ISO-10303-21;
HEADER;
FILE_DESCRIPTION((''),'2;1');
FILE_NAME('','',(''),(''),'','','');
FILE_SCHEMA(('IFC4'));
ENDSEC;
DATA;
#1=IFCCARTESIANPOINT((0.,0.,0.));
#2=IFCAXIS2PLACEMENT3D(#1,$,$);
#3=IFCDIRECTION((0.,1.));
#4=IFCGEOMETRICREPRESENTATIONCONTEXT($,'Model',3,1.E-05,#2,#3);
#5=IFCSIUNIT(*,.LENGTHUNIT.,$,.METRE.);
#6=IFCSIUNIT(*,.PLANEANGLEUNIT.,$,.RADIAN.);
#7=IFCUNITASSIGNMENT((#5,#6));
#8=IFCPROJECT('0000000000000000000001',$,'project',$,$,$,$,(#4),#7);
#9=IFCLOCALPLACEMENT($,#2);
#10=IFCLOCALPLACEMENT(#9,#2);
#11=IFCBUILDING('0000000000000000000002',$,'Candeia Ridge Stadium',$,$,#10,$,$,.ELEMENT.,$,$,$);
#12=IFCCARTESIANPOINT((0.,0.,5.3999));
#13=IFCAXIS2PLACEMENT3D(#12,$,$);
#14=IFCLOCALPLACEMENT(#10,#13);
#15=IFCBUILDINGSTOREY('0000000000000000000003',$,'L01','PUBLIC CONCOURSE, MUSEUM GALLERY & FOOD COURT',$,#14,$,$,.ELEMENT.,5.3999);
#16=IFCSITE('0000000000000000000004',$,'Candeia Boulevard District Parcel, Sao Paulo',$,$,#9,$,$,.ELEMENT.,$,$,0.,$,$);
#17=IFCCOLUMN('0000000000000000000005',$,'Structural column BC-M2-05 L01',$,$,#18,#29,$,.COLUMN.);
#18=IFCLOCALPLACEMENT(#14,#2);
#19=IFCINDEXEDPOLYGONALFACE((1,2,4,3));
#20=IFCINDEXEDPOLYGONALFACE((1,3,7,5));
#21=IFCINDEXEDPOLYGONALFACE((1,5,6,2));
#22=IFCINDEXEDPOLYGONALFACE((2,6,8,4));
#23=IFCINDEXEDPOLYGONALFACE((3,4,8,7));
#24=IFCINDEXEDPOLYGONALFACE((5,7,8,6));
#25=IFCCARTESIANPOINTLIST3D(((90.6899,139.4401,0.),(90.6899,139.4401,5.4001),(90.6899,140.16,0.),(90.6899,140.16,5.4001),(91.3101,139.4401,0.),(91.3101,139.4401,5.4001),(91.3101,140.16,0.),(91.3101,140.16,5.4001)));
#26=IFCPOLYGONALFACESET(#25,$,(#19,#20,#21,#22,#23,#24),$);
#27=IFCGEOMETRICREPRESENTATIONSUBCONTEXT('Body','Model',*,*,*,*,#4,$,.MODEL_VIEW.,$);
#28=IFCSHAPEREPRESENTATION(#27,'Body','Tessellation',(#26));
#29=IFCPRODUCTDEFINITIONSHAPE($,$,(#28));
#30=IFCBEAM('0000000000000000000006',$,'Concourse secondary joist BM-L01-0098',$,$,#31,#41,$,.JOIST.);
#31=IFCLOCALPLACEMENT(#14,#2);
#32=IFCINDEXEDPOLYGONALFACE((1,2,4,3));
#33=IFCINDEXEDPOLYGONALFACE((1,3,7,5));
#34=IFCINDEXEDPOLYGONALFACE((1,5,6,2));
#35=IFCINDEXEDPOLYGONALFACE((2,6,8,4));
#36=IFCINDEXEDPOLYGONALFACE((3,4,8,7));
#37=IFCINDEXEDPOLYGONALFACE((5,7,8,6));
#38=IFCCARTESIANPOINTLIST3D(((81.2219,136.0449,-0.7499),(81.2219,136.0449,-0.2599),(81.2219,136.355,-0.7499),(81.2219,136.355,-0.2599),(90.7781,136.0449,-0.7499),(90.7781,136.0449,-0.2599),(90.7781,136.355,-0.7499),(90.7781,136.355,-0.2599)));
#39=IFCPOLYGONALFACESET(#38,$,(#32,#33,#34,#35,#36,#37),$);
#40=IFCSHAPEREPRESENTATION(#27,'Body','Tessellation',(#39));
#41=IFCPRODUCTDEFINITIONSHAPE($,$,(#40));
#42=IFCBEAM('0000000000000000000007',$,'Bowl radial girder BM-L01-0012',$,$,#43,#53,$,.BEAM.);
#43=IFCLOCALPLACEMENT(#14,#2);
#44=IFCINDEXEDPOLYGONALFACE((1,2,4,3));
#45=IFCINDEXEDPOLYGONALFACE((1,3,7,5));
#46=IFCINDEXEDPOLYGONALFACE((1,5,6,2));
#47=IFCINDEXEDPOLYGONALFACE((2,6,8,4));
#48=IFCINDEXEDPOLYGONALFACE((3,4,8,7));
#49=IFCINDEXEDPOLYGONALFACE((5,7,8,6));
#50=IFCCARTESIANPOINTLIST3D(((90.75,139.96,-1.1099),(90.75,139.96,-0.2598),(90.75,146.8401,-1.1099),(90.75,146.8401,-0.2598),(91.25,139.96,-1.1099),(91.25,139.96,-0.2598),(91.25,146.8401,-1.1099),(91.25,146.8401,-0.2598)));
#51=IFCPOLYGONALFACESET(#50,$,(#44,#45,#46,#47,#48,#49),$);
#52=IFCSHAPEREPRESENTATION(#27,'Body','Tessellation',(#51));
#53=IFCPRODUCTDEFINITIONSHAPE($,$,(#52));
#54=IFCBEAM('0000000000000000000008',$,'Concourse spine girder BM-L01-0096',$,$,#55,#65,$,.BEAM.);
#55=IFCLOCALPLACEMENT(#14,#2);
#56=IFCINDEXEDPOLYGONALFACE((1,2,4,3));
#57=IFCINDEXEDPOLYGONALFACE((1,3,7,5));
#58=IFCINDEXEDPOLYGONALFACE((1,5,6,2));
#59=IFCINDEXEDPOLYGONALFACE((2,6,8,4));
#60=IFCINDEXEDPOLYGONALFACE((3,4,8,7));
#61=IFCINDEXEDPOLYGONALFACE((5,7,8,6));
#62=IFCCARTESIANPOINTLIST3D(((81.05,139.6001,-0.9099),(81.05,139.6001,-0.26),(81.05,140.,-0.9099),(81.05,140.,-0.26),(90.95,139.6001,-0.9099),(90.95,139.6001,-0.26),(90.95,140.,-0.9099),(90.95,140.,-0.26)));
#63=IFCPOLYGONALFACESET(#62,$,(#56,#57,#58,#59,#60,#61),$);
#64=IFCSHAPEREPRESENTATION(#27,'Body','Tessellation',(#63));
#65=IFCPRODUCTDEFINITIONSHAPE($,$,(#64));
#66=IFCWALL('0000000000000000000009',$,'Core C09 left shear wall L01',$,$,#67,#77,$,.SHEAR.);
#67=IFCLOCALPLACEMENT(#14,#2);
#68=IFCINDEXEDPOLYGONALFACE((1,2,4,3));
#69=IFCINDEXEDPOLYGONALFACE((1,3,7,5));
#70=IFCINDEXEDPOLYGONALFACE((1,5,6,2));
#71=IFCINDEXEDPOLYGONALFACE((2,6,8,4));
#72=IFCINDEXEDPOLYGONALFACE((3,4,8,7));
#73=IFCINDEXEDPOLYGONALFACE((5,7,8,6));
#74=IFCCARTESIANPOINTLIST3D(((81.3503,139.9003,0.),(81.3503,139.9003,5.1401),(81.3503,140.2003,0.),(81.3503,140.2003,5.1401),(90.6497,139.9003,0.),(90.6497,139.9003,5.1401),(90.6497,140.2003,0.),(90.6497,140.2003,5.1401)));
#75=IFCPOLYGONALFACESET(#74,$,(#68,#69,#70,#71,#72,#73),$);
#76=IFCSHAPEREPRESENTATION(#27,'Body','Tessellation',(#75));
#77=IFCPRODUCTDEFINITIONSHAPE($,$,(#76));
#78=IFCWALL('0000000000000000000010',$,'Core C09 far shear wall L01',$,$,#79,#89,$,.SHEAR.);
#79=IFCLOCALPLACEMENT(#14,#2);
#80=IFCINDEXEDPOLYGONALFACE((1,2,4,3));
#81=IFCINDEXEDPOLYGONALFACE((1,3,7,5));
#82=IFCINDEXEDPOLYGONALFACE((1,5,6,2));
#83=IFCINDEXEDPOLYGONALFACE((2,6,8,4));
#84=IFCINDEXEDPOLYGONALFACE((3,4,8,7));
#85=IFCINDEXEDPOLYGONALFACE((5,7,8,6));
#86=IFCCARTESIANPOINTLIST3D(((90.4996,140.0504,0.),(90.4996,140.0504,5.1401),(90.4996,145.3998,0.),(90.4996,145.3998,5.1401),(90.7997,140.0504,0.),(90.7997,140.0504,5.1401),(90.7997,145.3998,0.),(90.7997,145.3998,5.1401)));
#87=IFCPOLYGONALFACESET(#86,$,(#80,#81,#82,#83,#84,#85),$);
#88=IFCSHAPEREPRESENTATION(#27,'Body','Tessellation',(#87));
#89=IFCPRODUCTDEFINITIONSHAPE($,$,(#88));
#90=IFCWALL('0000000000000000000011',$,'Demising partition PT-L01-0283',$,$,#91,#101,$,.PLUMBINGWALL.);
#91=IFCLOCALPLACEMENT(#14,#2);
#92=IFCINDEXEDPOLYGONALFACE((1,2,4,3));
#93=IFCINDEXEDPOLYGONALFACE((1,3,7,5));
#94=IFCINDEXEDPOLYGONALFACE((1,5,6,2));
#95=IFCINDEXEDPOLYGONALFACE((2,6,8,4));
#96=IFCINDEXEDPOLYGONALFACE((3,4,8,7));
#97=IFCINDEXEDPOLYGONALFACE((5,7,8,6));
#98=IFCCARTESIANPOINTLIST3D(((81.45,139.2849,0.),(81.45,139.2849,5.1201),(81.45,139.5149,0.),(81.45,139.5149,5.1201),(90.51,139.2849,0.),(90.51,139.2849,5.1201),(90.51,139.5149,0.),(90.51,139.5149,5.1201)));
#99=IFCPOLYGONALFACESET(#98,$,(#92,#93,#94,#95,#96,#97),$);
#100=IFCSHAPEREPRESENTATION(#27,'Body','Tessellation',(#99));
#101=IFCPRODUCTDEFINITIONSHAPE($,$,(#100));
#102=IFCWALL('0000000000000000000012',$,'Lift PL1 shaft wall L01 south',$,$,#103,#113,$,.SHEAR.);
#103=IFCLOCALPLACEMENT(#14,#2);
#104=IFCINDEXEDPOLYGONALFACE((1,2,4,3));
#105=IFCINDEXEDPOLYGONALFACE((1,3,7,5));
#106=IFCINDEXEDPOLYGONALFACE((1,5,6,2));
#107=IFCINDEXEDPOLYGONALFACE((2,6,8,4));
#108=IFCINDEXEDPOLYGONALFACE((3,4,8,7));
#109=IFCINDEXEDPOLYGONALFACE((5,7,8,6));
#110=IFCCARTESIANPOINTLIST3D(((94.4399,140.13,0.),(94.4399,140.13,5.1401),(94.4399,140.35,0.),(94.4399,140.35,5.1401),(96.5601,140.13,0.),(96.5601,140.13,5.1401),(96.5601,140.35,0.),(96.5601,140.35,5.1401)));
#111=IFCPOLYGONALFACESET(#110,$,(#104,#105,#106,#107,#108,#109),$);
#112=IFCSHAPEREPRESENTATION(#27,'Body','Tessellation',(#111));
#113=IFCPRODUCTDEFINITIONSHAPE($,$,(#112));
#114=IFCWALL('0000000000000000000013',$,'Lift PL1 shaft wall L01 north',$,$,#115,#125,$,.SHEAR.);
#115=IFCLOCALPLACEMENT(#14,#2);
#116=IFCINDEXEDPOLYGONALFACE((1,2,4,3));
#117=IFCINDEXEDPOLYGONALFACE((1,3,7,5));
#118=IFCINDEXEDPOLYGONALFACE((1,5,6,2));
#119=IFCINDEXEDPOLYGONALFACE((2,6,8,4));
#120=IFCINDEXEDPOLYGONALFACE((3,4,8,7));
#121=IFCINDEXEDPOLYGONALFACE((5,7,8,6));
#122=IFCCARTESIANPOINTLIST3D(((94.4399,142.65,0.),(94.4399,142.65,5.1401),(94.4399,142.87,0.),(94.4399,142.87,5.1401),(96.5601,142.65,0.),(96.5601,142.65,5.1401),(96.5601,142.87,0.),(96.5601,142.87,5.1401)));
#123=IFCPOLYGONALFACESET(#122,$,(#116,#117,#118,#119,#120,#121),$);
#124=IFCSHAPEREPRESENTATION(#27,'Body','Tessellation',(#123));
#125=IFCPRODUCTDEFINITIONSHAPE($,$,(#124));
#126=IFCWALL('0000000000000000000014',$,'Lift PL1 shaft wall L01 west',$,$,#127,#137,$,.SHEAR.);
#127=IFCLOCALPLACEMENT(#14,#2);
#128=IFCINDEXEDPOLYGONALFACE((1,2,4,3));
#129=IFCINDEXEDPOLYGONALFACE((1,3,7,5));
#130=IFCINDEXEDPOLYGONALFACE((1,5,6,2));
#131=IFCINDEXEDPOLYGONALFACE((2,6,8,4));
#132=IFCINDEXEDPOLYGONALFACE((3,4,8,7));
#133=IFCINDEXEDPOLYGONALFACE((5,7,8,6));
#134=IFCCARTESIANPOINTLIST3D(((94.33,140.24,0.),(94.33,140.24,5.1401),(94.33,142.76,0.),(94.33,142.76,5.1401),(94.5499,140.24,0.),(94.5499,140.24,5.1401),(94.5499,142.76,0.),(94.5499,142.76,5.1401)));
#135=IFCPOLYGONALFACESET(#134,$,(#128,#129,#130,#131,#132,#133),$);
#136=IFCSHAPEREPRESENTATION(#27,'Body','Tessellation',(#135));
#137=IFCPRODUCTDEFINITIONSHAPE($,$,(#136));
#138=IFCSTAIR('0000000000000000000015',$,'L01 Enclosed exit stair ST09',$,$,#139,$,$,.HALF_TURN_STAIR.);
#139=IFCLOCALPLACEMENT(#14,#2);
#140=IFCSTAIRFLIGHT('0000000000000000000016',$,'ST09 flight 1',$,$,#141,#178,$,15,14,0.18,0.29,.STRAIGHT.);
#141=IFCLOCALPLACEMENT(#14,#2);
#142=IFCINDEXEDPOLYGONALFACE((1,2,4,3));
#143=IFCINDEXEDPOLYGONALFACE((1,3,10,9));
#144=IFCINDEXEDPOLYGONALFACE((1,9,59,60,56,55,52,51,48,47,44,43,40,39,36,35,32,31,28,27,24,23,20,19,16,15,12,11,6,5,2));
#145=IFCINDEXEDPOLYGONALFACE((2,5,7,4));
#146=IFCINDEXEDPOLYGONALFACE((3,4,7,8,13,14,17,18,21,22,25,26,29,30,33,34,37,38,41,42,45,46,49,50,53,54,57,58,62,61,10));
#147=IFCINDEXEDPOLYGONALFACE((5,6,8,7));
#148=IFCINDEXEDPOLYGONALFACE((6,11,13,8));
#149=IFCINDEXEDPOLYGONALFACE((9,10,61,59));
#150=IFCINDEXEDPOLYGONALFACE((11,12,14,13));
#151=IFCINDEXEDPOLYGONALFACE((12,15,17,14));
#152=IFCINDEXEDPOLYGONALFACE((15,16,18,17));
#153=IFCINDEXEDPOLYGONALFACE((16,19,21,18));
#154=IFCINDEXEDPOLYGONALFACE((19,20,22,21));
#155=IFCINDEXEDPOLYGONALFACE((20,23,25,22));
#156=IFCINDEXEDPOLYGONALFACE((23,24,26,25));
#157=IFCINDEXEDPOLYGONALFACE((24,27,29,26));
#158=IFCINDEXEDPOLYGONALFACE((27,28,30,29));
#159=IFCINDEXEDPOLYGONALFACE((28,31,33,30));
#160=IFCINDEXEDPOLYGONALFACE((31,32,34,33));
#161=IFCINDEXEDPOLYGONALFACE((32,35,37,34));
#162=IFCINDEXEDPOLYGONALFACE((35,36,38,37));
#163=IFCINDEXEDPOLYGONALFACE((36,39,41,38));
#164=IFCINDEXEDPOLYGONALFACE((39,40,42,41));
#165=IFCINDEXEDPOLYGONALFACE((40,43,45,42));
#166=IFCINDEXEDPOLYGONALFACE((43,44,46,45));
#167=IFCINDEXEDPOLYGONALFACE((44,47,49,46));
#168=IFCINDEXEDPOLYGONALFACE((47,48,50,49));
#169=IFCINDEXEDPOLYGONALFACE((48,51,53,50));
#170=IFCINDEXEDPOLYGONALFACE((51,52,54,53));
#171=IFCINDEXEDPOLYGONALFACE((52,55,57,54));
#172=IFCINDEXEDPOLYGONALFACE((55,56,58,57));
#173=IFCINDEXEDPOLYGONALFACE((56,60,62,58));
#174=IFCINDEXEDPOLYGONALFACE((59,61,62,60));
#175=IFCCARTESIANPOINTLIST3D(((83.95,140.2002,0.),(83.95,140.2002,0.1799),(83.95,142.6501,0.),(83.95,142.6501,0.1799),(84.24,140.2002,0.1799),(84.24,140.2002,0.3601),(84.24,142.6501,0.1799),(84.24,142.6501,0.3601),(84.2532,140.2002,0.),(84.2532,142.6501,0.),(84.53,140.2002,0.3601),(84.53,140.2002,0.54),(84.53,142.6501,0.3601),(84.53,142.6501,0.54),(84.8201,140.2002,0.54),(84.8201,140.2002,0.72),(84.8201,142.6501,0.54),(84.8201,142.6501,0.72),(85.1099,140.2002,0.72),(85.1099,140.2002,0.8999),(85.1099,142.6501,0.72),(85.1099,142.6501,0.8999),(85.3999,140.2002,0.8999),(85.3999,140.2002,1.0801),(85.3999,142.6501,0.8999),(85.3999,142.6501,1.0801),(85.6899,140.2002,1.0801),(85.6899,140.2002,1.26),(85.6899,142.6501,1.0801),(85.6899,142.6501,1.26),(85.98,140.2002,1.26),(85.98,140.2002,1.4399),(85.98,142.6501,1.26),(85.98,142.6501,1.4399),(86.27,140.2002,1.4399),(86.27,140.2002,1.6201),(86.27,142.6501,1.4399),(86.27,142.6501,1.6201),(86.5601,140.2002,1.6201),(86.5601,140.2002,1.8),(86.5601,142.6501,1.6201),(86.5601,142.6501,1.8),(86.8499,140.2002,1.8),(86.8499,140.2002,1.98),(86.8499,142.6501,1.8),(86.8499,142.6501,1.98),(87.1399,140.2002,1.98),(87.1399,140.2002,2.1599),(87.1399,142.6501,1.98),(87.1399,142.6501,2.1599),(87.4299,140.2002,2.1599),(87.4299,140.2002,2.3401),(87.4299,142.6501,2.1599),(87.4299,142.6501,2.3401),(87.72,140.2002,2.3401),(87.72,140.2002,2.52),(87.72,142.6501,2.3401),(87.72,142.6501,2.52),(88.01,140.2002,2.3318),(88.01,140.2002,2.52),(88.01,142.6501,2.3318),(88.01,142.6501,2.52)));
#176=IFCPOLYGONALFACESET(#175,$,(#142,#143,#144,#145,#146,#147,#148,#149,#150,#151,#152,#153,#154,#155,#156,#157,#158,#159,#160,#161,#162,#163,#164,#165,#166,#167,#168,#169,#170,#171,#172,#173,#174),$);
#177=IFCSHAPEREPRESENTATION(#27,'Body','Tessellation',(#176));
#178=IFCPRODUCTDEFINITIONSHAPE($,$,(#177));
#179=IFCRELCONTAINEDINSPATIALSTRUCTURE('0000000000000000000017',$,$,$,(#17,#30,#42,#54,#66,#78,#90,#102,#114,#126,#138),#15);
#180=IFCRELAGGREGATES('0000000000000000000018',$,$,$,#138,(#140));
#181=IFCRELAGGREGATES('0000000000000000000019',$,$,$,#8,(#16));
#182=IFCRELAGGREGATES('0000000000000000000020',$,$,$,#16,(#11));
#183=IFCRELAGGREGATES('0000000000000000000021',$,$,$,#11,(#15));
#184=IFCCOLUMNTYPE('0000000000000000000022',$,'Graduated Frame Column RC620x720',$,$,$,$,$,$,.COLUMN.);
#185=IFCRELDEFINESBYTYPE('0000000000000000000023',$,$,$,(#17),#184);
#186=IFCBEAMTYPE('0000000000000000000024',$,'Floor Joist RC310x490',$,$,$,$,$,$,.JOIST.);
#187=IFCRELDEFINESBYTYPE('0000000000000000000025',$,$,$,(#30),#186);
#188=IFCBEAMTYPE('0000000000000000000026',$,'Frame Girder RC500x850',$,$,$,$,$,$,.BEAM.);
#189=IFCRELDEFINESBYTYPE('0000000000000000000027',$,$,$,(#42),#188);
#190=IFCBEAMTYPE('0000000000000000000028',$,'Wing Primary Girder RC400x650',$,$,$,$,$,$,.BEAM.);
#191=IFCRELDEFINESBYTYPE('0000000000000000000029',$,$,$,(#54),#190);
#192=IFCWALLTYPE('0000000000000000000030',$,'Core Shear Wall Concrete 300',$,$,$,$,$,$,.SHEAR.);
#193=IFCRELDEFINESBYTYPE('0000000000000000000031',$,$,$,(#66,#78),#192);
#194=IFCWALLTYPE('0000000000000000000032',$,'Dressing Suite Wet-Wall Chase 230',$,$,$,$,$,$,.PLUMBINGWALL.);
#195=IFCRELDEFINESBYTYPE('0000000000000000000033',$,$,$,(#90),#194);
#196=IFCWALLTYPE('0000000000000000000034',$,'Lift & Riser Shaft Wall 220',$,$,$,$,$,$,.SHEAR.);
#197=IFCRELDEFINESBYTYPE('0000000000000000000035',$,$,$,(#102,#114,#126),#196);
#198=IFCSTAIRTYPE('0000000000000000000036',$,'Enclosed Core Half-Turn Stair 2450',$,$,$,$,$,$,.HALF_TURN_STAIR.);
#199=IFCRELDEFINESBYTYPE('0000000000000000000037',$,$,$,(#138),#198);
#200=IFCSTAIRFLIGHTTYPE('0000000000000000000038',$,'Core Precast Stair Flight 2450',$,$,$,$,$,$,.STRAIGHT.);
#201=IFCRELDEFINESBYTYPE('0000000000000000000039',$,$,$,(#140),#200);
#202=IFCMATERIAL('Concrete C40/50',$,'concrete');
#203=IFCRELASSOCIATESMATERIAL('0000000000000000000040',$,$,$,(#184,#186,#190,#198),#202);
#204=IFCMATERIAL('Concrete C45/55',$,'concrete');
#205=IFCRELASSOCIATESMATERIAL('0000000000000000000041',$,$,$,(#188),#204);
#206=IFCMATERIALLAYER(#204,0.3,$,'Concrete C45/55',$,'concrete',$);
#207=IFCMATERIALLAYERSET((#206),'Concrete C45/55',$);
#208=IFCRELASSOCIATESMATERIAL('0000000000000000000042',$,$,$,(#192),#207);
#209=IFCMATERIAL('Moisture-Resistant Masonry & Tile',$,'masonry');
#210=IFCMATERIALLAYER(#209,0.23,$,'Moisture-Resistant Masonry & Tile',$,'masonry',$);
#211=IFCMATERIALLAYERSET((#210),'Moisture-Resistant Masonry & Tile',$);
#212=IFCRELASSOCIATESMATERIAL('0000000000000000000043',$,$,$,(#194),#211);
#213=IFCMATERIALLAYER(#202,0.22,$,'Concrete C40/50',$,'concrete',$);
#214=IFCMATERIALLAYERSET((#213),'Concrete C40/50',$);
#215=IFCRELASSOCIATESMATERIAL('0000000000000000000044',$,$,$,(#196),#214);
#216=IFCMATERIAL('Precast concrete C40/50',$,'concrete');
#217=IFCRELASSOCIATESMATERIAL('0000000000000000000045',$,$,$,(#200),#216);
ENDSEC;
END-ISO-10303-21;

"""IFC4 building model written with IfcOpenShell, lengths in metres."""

from ifc_helpers import new_model, si_unit, direction, frame, frame_2d, origin, origin_2d, place, context, subcontext, project, spatial, polyline, rectangle, outline, extrude, material, layer, layer_set, material_profile, profile_set, type_object, element, aggregate, save


model = new_model("IFC4")

# Units and contexts
model_context = context("Model", 3, precision=1e-05, world=origin(), true_north=direction((0.0, 1.0)))
body_context = subcontext(model_context, "Body", "Model", "MODEL_VIEW")
ifc_project = project(units=[si_unit("LENGTHUNIT", "METRE"), si_unit("PLANEANGLEUNIT", "RADIAN")], contexts=[model_context])

# Site, building, storey
site_placement = place(None, origin())
site = spatial("IfcSite", under=ifc_project, at=site_placement, Name="Candeia Boulevard District Parcel, Sao Paulo", CompositionType="ELEMENT", RefElevation=0.0)
building_placement = place(site_placement, origin())
building = spatial("IfcBuilding", under=site, at=building_placement, Name="Candeia Ridge Stadium", CompositionType="ELEMENT")
storey_placement = place(building_placement, frame((0.0, 0.0, 5.3999)))
storey = spatial("IfcBuildingStorey", under=building, at=storey_placement, Name="L01", Description="PUBLIC CONCOURSE, MUSEUM GALLERY & FOOD COURT", CompositionType="ELEMENT", Elevation=5.3999)

# Column
ifc_material_1 = material(Name="Concrete C40/50", Category="concrete")
ifc_material_profile_1 = material_profile(ifc_material_1, rectangle(XDim=0.6201, YDim=0.72, at=origin_2d()), Name="RC620x720", Category="concrete")
ifc_profile_set_1 = profile_set([ifc_material_profile_1], Name="Concrete C40/50")
column_type = type_object("IfcColumnType", Name="Graduated Frame Column RC620x720", PredefinedType="COLUMN", material=ifc_profile_set_1)
column_placement = place(storey_placement, frame((91.0, 139.8, 0.0), z_axis=(0.0, 0.0, 1.0), x_axis=(1.0, 0.0, 0.0)))
element("IfcColumn", 1, at=column_placement, inside=storey, type_object=column_type, Name="Structural column BC-M2-05 L01", PredefinedType="COLUMN", context=body_context, shape_type="SweptSolid", body=[
    extrude(rectangle(XDim=0.6201, YDim=0.72, at=origin_2d()), origin(), (0.0, 0.0, 1.0), 5.4001),
])

# Beams
ifc_material_profile_2 = material_profile(ifc_material_1, rectangle(XDim=0.3101, YDim=0.49, at=origin_2d()), Name="RC310x490", Category="concrete")
ifc_profile_set_2 = profile_set([ifc_material_profile_2], Name="Concrete C40/50")
beam_type_1 = type_object("IfcBeamType", Name="Floor Joist RC310x490", PredefinedType="JOIST", material=ifc_profile_set_2)
beam_1_placement = place(storey_placement, frame((90.7781, 136.2, -0.5049), z_axis=(-1.0, 0.0, 0.0), x_axis=(0.0, -1.0, 0.0)))
element("IfcBeam", 2, at=beam_1_placement, inside=storey, type_object=beam_type_1, Name="Concourse secondary joist BM-L01-0098", PredefinedType="JOIST", context=body_context, shape_type="SweptSolid", body=[
    extrude(rectangle(XDim=0.3101, YDim=0.49, at=origin_2d()), origin(), (0.0, 0.0, 1.0), 9.5562),
])
ifc_material_2 = material(Name="Concrete C45/55", Category="concrete")
ifc_material_profile_3 = material_profile(ifc_material_2, rectangle(XDim=0.5, YDim=0.8501, at=origin_2d()), Name="RC500x850", Category="concrete")
ifc_profile_set_3 = profile_set([ifc_material_profile_3], Name="Concrete C45/55")
beam_type_2 = type_object("IfcBeamType", Name="Frame Girder RC500x850", PredefinedType="BEAM", material=ifc_profile_set_3)
beam_2_placement = place(storey_placement, frame((91.0, 139.96, -0.6848), z_axis=(0.0, 1.0, 0.0), x_axis=(-1.0, 0.0, 0.0)))
element("IfcBeam", 3, at=beam_2_placement, inside=storey, type_object=beam_type_2, Name="Bowl radial girder BM-L01-0012", PredefinedType="BEAM", context=body_context, shape_type="SweptSolid", body=[
    extrude(rectangle(XDim=0.5, YDim=0.8501, at=origin_2d()), origin(), (0.0, 0.0, 1.0), 6.8801),
])
ifc_material_profile_4 = material_profile(ifc_material_1, rectangle(XDim=0.3999, YDim=0.6499, at=origin_2d()), Name="RC400x650", Category="concrete")
ifc_profile_set_4 = profile_set([ifc_material_profile_4], Name="Concrete C40/50")
beam_type_3 = type_object("IfcBeamType", Name="Wing Primary Girder RC400x650", PredefinedType="BEAM", material=ifc_profile_set_4)
beam_3_placement = place(storey_placement, frame((90.95, 139.8, -0.585), z_axis=(-1.0, 0.0, 0.0), x_axis=(0.0, -1.0, 0.0)))
element("IfcBeam", 4, at=beam_3_placement, inside=storey, type_object=beam_type_3, Name="Concourse spine girder BM-L01-0096", PredefinedType="BEAM", context=body_context, shape_type="SweptSolid", body=[
    extrude(rectangle(XDim=0.3999, YDim=0.6499, at=origin_2d()), origin(), (0.0, 0.0, 1.0), 9.8999),
])

# Walls
ifc_layer_1 = layer(ifc_material_2, 0.3, Name="Concrete C45/55", Category="concrete")
ifc_layer_set_1 = layer_set([ifc_layer_1], Name="Concrete C45/55")
wall_type_1 = type_object("IfcWallType", Name="Core Shear Wall Concrete 300", PredefinedType="SHEAR", material=ifc_layer_set_1)
wall_1_placement = place(storey_placement, frame((81.3503, 140.0503, 0.0), z_axis=(0.0, 0.0, 1.0), x_axis=(1.0, 0.0, 0.0)))
element("IfcWall", 5, at=wall_1_placement, inside=storey, type_object=wall_type_1, Name="Core C09 left shear wall L01", PredefinedType="SHEAR", context=body_context, shape_type="SweptSolid", body=[
    extrude(rectangle(XDim=9.2993, YDim=0.3, at=frame_2d((4.6497, 0.0))), origin(), (0.0, 0.0, 1.0), 5.1401),
])
wall_2_placement = place(storey_placement, frame((90.6497, 140.0503, 0.0), z_axis=(0.0, 0.0, 1.0), x_axis=(0.0, 1.0, 0.0)))
element("IfcWall", 6, at=wall_2_placement, inside=storey, type_object=wall_type_1, Name="Core C09 far shear wall L01", PredefinedType="SHEAR", context=body_context, shape_type="SweptSolid", body=[
    extrude(rectangle(XDim=5.3494, YDim=0.3, at=frame_2d((2.6748, 0.0))), origin(), (0.0, 0.0, 1.0), 5.1401),
])
ifc_material_3 = material(Name="Moisture-Resistant Masonry & Tile", Category="masonry")
ifc_layer_2 = layer(ifc_material_3, 0.23, Name="Moisture-Resistant Masonry & Tile", Category="masonry")
ifc_layer_set_2 = layer_set([ifc_layer_2], Name="Moisture-Resistant Masonry & Tile")
wall_type_2 = type_object("IfcWallType", Name="Dressing Suite Wet-Wall Chase 230", PredefinedType="PLUMBINGWALL", material=ifc_layer_set_2)
wall_3_placement = place(storey_placement, frame((81.45, 139.3999, 0.0), z_axis=(0.0, 0.0, 1.0), x_axis=(1.0, 0.0, 0.0)))
element("IfcWall", 7, at=wall_3_placement, inside=storey, type_object=wall_type_2, Name="Demising partition PT-L01-0283", PredefinedType="PLUMBINGWALL", context=body_context, shape_type="SweptSolid", body=[
    extrude(rectangle(XDim=9.0601, YDim=0.23, at=frame_2d((4.53, 0.0))), origin(), (0.0, 0.0, 1.0), 5.1201),
])
ifc_layer_3 = layer(ifc_material_1, 0.22, Name="Concrete C40/50", Category="concrete")
ifc_layer_set_3 = layer_set([ifc_layer_3], Name="Concrete C40/50")
wall_type_3 = type_object("IfcWallType", Name="Lift & Riser Shaft Wall 220", PredefinedType="SHEAR", material=ifc_layer_set_3)
wall_4_placement = place(storey_placement, frame((94.4399, 140.24, 0.0), z_axis=(0.0, 0.0, 1.0), x_axis=(1.0, 0.0, 0.0)))
element("IfcWall", 8, at=wall_4_placement, inside=storey, type_object=wall_type_3, Name="Lift PL1 shaft wall L01 south", PredefinedType="SHEAR", context=body_context, shape_type="SweptSolid", body=[
    extrude(rectangle(XDim=2.1201, YDim=0.22, at=frame_2d((1.0601, 0.0))), origin(), (0.0, 0.0, 1.0), 5.1401),
])

# Walls
wall_5_placement = place(storey_placement, frame((96.5601, 142.76, 0.0), z_axis=(0.0, 0.0, 1.0), x_axis=(-1.0, 0.0, 0.0)))
element("IfcWall", 9, at=wall_5_placement, inside=storey, type_object=wall_type_3, Name="Lift PL1 shaft wall L01 north", PredefinedType="SHEAR", context=body_context, shape_type="SweptSolid", body=[
    extrude(rectangle(XDim=2.1201, YDim=0.22, at=frame_2d((1.0601, 0.0))), origin(), (0.0, 0.0, 1.0), 5.1401),
])
wall_6_placement = place(storey_placement, frame((94.4399, 142.76, 0.0), z_axis=(0.0, 0.0, 1.0), x_axis=(0.0, -1.0, 0.0)))
element("IfcWall", 10, at=wall_6_placement, inside=storey, type_object=wall_type_3, Name="Lift PL1 shaft wall L01 west", PredefinedType="SHEAR", context=body_context, shape_type="SweptSolid", body=[
    extrude(rectangle(XDim=2.52, YDim=0.22, at=frame_2d((1.26, 0.0))), origin(), (0.0, 0.0, 1.0), 5.1401),
])

# Stair, stair flight
stair_type = type_object("IfcStairType", Name="Enclosed Core Half-Turn Stair 2450", PredefinedType="HALF_TURN_STAIR", material=ifc_material_1)
stair_placement = place(storey_placement, origin())
stair = element("IfcStair", 11, at=stair_placement, inside=storey, type_object=stair_type, Name="L01 Enclosed exit stair ST09", PredefinedType="HALF_TURN_STAIR")
ifc_material_4 = material(Name="Precast concrete C40/50", Category="concrete")
stair_flight_type = type_object("IfcStairFlightType", Name="Core Precast Stair Flight 2450", PredefinedType="STRAIGHT", material=ifc_material_4)
stair_flight_1_placement = place(storey_placement, frame((83.95, 141.425, 0.0), z_axis=(0.0, 0.0, 1.0), x_axis=(1.0, 0.0, 0.0)))
stair_flight_1 = element("IfcStairFlight", 12, at=stair_flight_1_placement, type_object=stair_flight_type, Name="ST09 flight 1", NumberOfRisers=15, NumberOfTreads=14, PredefinedType="STRAIGHT", RiserHeight=0.18, TreadLength=0.29, context=body_context, shape_type="SweptSolid", body=[
    extrude(outline(polyline([(0.0, 0.0), (0.0, 0.1799), (0.29, 0.1799), (0.29, 0.3601), (0.5801, 0.3601), (0.5801, 0.54), (0.8701, 0.54), (0.8701, 0.72), (1.1599, 0.72), (1.1599, 0.8999), (1.45, 0.8999), (1.45, 1.0801), (1.74, 1.0801), (1.74, 1.26), (2.03, 1.26), (2.03, 1.4399), (2.3201, 1.4399), (2.3201, 1.6201), (2.6101, 1.6201), (2.6101, 1.8), (2.8999, 1.8), (2.8999, 1.98), (3.1899, 1.98), (3.1899, 2.1599), (3.48, 2.1599), (3.48, 2.3401), (3.77, 2.3401), (3.77, 2.52), (4.0601, 2.52), (4.0601, 2.7), (4.0601, 2.3318), (0.3032, 0.0), (0.0, 0.0)])), frame((0.0, 1.2251, 0.0), z_axis=(0.0, -1.0, 0.0), x_axis=(1.0, 0.0, 0.0)), (0.0, 0.0, 1.0), 2.45),
])
aggregate(stair, [stair_flight_1])

save(model, "model.ifc")
